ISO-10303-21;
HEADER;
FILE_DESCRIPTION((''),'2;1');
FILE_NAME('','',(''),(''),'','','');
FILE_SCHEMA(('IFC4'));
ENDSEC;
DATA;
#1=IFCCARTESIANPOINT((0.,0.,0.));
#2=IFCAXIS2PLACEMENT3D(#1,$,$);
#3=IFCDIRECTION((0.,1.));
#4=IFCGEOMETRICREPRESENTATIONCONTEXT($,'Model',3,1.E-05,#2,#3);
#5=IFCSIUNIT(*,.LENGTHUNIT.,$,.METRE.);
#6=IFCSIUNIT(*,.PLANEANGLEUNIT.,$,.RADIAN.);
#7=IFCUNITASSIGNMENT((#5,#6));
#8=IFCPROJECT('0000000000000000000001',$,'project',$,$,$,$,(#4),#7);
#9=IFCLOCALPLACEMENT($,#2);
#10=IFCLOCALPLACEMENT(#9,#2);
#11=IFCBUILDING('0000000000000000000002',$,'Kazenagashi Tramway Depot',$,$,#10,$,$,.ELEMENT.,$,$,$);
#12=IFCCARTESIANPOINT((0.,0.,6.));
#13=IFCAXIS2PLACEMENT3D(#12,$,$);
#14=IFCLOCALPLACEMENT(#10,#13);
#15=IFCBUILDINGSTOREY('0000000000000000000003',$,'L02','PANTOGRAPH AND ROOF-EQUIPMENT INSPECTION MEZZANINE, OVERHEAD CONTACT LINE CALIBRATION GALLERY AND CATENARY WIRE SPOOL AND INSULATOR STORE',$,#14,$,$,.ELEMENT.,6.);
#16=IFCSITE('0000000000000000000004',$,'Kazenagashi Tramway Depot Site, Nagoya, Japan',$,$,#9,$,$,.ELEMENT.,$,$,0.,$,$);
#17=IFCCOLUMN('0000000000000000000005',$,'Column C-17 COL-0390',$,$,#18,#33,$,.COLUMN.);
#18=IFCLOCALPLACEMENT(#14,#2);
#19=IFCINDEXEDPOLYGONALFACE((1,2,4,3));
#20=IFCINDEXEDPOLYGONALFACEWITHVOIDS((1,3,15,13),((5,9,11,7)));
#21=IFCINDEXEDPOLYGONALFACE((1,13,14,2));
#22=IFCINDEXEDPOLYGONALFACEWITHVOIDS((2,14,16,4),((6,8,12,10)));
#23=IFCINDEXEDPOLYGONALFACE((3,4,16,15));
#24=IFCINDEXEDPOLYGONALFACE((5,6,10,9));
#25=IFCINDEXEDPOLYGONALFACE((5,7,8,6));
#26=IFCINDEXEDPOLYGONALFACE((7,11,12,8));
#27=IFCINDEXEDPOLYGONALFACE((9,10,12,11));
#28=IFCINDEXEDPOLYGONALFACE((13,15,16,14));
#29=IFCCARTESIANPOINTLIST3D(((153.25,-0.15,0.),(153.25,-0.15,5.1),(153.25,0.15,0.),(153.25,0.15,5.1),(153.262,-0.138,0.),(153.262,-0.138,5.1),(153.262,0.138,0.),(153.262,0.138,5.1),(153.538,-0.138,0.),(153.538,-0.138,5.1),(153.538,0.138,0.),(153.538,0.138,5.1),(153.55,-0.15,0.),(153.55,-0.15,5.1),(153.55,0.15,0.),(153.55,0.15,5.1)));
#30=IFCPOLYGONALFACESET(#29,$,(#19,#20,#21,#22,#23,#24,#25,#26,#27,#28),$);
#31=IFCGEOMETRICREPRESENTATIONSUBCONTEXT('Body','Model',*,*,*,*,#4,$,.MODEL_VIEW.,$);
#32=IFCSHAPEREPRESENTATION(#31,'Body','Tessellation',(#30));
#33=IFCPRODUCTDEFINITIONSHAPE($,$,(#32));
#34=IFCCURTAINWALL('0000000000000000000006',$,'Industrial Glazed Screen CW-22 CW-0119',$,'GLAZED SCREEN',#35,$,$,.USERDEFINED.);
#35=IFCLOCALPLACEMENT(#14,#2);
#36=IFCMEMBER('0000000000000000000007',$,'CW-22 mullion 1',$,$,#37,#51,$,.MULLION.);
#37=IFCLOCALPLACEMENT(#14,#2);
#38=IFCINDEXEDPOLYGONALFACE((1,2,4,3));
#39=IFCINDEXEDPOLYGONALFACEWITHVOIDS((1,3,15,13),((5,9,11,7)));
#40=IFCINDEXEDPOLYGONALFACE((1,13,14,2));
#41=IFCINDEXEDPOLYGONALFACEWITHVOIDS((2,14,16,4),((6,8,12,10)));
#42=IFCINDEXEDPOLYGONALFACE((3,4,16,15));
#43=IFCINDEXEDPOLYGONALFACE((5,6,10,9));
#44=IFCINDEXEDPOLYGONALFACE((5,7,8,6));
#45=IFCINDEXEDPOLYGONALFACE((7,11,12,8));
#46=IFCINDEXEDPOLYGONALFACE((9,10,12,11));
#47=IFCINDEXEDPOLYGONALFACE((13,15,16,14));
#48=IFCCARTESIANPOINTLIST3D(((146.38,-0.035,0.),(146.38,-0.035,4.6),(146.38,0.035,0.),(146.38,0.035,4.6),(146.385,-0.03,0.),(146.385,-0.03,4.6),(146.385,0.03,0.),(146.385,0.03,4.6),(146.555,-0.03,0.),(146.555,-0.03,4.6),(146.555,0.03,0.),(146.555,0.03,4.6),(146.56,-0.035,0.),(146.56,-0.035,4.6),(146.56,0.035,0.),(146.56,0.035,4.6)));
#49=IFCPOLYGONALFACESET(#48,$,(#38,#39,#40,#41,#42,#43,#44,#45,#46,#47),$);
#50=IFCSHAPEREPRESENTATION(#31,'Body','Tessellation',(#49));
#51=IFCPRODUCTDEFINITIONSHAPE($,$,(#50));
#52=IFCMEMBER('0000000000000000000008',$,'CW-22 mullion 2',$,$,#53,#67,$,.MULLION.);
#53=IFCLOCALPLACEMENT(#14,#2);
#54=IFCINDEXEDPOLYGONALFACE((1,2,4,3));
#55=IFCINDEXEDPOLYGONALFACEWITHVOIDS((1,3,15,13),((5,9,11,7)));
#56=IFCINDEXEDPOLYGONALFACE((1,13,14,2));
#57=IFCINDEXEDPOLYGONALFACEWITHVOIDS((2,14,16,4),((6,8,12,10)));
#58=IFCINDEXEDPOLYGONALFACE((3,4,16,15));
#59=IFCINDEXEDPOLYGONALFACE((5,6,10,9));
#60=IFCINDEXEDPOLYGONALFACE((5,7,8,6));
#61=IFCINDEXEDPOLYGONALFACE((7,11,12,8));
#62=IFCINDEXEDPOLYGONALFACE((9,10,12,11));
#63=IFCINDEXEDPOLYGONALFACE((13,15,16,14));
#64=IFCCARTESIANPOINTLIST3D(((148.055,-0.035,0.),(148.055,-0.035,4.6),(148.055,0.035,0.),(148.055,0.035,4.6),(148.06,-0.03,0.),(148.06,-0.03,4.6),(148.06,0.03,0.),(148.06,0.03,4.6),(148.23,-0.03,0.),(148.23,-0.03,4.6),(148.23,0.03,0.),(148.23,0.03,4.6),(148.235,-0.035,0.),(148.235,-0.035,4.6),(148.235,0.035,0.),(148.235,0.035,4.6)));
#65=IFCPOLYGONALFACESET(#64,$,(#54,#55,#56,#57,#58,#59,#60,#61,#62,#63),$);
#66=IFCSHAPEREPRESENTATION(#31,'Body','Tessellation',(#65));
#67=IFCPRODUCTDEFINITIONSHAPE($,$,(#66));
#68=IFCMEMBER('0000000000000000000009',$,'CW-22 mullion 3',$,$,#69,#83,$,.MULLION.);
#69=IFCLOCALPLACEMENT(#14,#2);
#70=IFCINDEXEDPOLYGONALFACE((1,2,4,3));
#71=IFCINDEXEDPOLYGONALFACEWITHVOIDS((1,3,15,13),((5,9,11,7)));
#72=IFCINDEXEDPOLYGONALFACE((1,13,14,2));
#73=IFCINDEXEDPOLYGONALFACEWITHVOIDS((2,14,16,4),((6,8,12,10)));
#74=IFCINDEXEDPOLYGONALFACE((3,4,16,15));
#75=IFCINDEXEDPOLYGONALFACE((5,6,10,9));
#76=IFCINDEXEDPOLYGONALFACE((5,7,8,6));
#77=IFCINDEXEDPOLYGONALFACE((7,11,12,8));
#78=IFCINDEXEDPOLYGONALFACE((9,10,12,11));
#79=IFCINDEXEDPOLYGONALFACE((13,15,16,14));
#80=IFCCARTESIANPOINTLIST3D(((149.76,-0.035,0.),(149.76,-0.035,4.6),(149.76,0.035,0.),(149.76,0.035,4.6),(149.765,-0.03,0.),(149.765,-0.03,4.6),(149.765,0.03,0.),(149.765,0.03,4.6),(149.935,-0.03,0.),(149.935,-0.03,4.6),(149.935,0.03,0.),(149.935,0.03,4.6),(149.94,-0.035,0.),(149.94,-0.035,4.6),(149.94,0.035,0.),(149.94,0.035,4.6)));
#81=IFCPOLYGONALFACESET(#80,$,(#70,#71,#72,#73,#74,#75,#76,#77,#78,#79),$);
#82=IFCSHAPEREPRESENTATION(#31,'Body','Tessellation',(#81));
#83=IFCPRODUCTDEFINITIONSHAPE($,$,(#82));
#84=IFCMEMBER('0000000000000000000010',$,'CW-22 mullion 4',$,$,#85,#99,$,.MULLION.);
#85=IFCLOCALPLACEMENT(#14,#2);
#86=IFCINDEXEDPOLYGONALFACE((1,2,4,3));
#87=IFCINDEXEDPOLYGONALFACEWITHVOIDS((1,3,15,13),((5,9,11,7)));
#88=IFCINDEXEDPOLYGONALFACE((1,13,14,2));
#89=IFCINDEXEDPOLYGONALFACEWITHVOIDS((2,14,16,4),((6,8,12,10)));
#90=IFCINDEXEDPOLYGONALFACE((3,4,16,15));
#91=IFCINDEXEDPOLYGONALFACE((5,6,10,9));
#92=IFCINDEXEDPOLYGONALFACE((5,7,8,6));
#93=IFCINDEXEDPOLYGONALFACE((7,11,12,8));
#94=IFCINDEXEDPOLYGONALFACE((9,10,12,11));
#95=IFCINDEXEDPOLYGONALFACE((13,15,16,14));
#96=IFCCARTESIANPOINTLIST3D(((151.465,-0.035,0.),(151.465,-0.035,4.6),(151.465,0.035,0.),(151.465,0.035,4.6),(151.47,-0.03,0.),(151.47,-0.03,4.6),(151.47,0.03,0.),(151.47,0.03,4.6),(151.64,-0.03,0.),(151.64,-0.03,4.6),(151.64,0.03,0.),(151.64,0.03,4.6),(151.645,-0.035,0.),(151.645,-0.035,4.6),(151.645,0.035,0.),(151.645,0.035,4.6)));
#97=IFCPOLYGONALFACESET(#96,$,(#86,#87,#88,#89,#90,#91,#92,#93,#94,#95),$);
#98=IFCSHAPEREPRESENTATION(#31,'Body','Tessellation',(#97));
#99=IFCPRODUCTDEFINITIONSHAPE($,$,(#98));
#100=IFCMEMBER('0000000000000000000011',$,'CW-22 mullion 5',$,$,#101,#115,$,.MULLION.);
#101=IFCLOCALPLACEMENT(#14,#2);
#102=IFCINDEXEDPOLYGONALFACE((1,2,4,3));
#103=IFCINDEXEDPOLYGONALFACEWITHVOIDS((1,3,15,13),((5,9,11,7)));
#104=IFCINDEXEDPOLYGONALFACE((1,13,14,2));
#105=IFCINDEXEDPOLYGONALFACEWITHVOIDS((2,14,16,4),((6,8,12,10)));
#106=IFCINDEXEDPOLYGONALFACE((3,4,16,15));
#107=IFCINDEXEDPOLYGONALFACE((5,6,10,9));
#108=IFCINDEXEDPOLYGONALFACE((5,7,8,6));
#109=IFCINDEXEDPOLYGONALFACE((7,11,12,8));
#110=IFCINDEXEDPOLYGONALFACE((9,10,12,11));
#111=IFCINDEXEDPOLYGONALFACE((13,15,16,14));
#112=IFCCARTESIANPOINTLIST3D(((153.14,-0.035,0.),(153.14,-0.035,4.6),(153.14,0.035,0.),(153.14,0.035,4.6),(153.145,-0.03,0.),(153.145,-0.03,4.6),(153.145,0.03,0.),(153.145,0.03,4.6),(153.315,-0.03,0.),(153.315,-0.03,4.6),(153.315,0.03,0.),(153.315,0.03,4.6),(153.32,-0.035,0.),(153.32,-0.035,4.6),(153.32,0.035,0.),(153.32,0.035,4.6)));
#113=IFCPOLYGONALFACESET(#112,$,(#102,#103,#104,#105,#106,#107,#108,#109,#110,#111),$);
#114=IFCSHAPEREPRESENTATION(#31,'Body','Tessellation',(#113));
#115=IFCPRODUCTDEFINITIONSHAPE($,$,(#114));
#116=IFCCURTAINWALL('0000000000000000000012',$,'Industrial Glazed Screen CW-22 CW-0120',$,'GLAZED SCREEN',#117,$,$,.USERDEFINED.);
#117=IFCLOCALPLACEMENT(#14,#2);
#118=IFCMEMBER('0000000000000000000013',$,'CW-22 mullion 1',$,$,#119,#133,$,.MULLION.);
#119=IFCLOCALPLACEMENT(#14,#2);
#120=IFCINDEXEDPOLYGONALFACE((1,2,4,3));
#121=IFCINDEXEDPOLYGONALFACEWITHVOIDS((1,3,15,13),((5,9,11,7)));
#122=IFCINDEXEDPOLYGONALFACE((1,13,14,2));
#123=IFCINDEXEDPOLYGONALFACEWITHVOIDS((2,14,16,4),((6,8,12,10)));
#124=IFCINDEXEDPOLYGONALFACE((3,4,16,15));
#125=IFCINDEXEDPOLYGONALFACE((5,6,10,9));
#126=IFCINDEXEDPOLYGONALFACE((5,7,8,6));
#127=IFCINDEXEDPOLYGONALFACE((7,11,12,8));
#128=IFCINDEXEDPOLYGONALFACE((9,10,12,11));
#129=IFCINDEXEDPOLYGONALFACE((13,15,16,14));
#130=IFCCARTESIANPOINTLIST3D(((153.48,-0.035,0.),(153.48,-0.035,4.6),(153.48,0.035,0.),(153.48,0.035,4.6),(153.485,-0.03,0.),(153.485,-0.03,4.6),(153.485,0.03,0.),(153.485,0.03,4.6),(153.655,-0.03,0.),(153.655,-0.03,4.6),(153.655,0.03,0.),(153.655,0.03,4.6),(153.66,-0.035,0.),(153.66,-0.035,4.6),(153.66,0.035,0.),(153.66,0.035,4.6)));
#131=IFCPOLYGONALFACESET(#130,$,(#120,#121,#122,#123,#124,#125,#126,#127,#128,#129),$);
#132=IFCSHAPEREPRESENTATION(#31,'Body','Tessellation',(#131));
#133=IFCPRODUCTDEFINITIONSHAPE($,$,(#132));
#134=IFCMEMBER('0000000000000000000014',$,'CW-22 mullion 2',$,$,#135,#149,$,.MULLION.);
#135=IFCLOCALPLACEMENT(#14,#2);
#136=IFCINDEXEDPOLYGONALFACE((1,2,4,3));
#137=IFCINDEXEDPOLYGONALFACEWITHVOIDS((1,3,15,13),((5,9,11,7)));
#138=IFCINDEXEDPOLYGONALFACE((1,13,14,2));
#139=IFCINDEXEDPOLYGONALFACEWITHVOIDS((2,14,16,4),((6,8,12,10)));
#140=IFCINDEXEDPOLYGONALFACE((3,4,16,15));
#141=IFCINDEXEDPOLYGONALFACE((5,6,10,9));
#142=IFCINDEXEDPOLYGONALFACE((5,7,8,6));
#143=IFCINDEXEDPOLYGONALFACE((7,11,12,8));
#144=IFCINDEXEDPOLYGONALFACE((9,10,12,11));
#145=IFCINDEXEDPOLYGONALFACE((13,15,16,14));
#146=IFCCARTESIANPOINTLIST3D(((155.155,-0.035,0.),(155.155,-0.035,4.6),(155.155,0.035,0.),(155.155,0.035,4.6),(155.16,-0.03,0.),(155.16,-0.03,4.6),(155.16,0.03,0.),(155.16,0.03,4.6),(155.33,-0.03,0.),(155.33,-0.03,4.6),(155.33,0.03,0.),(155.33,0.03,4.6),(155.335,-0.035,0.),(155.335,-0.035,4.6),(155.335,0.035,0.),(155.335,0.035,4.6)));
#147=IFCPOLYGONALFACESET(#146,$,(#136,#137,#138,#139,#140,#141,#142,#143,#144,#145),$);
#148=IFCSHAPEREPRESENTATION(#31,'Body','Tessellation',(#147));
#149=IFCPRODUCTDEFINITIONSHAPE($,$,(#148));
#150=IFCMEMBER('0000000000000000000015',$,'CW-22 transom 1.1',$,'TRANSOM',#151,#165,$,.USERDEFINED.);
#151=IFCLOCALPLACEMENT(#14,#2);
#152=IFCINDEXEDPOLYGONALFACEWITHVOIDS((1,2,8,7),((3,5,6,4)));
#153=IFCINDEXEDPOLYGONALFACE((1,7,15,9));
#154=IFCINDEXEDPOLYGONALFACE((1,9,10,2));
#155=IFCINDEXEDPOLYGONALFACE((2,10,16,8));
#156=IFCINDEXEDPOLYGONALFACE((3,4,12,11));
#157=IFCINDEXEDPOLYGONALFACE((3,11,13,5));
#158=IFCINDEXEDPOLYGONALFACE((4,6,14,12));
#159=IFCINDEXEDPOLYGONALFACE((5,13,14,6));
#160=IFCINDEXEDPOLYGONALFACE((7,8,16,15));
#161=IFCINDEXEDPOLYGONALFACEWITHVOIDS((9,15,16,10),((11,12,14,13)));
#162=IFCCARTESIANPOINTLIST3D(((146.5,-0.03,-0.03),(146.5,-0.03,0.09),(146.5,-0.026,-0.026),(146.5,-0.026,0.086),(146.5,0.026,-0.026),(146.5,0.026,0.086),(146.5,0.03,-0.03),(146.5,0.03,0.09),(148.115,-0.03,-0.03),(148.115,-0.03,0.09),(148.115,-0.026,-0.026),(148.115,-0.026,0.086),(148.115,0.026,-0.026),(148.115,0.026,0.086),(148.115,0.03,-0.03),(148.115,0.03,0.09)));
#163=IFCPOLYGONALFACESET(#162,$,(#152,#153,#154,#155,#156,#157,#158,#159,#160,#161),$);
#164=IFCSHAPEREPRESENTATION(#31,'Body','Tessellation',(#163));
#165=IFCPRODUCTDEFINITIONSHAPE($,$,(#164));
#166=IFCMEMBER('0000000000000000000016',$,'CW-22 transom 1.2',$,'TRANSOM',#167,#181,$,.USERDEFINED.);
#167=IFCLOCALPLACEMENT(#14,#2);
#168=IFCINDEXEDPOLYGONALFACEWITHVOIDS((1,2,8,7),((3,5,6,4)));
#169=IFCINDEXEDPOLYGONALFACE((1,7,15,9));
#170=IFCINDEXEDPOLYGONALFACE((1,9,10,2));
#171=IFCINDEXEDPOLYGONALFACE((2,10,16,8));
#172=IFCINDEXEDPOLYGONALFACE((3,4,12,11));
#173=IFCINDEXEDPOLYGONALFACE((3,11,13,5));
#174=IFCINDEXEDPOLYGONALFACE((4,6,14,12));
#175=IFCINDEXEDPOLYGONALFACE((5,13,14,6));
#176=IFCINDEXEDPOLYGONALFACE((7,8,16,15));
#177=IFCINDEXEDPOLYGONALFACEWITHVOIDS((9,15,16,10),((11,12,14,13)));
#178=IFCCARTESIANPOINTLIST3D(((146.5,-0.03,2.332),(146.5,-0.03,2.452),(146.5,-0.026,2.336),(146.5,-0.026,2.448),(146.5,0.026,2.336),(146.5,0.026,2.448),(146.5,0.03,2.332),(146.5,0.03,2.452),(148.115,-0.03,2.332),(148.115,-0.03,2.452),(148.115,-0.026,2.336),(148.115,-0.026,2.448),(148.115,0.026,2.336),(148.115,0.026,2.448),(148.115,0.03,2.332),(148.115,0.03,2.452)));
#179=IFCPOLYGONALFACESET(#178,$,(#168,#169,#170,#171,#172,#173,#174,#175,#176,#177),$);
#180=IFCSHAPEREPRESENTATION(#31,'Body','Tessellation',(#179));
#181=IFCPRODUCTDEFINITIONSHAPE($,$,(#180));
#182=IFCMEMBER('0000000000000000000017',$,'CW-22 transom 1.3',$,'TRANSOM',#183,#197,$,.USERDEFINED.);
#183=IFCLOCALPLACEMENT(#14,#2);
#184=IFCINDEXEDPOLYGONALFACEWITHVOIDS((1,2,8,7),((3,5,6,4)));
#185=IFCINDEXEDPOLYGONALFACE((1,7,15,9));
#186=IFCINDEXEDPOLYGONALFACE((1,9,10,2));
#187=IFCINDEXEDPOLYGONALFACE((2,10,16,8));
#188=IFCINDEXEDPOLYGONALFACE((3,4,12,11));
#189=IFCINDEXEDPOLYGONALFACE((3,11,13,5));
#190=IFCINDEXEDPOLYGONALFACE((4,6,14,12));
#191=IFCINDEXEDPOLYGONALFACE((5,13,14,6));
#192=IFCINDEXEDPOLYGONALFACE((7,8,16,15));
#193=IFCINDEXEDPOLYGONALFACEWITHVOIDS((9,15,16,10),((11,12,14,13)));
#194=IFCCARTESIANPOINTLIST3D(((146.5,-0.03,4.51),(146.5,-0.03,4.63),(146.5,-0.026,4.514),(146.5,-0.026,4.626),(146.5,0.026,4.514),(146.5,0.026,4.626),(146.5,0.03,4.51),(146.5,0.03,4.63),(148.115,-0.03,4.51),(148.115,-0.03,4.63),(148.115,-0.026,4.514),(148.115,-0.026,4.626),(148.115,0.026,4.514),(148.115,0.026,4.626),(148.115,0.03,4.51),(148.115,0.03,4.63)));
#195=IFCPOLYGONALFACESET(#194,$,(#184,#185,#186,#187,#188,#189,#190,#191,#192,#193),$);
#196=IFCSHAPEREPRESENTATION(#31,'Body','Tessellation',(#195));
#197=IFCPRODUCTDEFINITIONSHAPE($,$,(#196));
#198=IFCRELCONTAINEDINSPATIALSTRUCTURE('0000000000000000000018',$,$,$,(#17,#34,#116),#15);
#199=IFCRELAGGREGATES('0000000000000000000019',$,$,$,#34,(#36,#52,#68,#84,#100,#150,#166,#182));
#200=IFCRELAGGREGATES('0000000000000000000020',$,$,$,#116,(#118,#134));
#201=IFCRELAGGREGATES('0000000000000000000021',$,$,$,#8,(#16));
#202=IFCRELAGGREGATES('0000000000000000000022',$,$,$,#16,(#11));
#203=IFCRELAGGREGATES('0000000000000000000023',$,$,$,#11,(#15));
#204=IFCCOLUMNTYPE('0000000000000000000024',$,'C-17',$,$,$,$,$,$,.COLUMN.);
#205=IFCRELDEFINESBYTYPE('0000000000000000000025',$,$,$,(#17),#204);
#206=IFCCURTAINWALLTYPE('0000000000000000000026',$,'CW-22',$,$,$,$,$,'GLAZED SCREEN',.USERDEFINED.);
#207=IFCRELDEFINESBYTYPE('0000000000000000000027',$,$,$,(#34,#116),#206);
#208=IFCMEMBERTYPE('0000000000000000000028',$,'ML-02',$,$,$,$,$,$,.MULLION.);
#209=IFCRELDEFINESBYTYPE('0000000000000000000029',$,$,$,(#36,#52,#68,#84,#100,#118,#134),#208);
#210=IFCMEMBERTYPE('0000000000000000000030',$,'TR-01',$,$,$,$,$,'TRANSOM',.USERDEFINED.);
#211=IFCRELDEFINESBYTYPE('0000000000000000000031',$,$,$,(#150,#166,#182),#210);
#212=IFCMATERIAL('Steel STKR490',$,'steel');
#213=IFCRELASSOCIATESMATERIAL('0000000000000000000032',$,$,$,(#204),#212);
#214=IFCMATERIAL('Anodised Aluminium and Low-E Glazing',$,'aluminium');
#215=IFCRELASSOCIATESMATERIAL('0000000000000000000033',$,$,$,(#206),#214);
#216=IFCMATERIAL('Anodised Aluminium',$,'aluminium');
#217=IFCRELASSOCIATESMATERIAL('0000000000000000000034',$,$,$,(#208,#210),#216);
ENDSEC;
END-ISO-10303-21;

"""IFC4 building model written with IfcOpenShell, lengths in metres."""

from ifc_helpers import new_model, si_unit, direction, frame, origin, origin_2d, place, context, subcontext, project, spatial, hollow_rectangle, extrude, material, material_profile, profile_set, type_object, element, aggregate, save


model = new_model("IFC4")

# Units and contexts
model_context = context("Model", 3, precision=1e-05, world=origin(), true_north=direction((0.0, 1.0)))
body_context = subcontext(model_context, "Body", "Model", "MODEL_VIEW")
ifc_project = project(units=[si_unit("LENGTHUNIT", "METRE"), si_unit("PLANEANGLEUNIT", "RADIAN")], contexts=[model_context])

# Site, building, storey
site_placement = place(None, origin())
site = spatial("IfcSite", under=ifc_project, at=site_placement, Name="Kazenagashi Tramway Depot Site, Nagoya, Japan", CompositionType="ELEMENT", RefElevation=0.0)
building_placement = place(site_placement, origin())
building = spatial("IfcBuilding", under=site, at=building_placement, Name="Kazenagashi Tramway Depot", CompositionType="ELEMENT")
storey_placement = place(building_placement, frame((0.0, 0.0, 6.0)))
storey = spatial("IfcBuildingStorey", under=building, at=storey_placement, Name="L02", Description="PANTOGRAPH AND ROOF-EQUIPMENT INSPECTION MEZZANINE, OVERHEAD CONTACT LINE CALIBRATION GALLERY AND CATENARY WIRE SPOOL AND INSULATOR STORE", CompositionType="ELEMENT", Elevation=6.0)

# Column
ifc_material_1 = material(Name="Steel STKR490", Category="steel")
ifc_material_profile_1 = material_profile(ifc_material_1, hollow_rectangle(XDim=0.3, YDim=0.3, WallThickness=0.012, at=origin_2d()), Name="SHS-300x300x12")
ifc_profile_set_1 = profile_set([ifc_material_profile_1], Name="Steel STKR490")
column_type = type_object("IfcColumnType", Name="C-17", PredefinedType="COLUMN", material=ifc_profile_set_1)
column_placement = place(storey_placement, frame((153.4, 0.0, 0.0), z_axis=(0.0, 0.0, 1.0), x_axis=(1.0, 0.0, 0.0)))
element("IfcColumn", 1, at=column_placement, inside=storey, type_object=column_type, Name="Column C-17 COL-0390", PredefinedType="COLUMN", context=body_context, shape_type="SweptSolid", body=[
    extrude(hollow_rectangle(XDim=0.3, YDim=0.3, WallThickness=0.012, at=origin_2d()), origin(), (0.0, 0.0, 1.0), 5.1),
])

# Curtain walls, members
ifc_material_2 = material(Name="Anodised Aluminium and Low-E Glazing", Category="aluminium")
curtain_wall_type = type_object("IfcCurtainWallType", Name="CW-22", ElementType="GLAZED SCREEN", PredefinedType="USERDEFINED", material=ifc_material_2)
curtain_wall_1_placement = place(storey_placement, origin())
curtain_wall_1 = element("IfcCurtainWall", 2, at=curtain_wall_1_placement, inside=storey, type_object=curtain_wall_type, Name="Industrial Glazed Screen CW-22 CW-0119", ObjectType="GLAZED SCREEN", PredefinedType="USERDEFINED")
ifc_material_3 = material(Name="Anodised Aluminium", Category="aluminium")
ifc_material_profile_2 = material_profile(ifc_material_3, hollow_rectangle(XDim=0.07, YDim=0.18, WallThickness=0.005, at=origin_2d()), Name="RHS-180x70x5")
ifc_profile_set_2 = profile_set([ifc_material_profile_2], Name="Anodised Aluminium")
member_type_1 = type_object("IfcMemberType", Name="ML-02", PredefinedType="MULLION", material=ifc_profile_set_2)
member_1_placement = place(storey_placement, frame((146.47, 0.0, 0.0), z_axis=(0.0, 0.0, 1.0), x_axis=(0.0, 1.0, 0.0)))
member_1 = element("IfcMember", 3, at=member_1_placement, type_object=member_type_1, Name="CW-22 mullion 1", PredefinedType="MULLION", context=body_context, shape_type="SweptSolid", body=[
    extrude(hollow_rectangle(XDim=0.07, YDim=0.18, WallThickness=0.005, at=origin_2d()), origin(), (0.0, 0.0, 1.0), 4.6),
])
member_2_placement = place(storey_placement, frame((148.145, 0.0, 0.0), z_axis=(0.0, 0.0, 1.0), x_axis=(0.0, 1.0, 0.0)))
member_2 = element("IfcMember", 4, at=member_2_placement, type_object=member_type_1, Name="CW-22 mullion 2", PredefinedType="MULLION", context=body_context, shape_type="SweptSolid", body=[
    extrude(hollow_rectangle(XDim=0.07, YDim=0.18, WallThickness=0.005, at=origin_2d()), origin(), (0.0, 0.0, 1.0), 4.6),
])
member_3_placement = place(storey_placement, frame((149.85, 0.0, 0.0), z_axis=(0.0, 0.0, 1.0), x_axis=(0.0, 1.0, 0.0)))
member_3 = element("IfcMember", 5, at=member_3_placement, type_object=member_type_1, Name="CW-22 mullion 3", PredefinedType="MULLION", context=body_context, shape_type="SweptSolid", body=[
    extrude(hollow_rectangle(XDim=0.07, YDim=0.18, WallThickness=0.005, at=origin_2d()), origin(), (0.0, 0.0, 1.0), 4.6),
])
member_4_placement = place(storey_placement, frame((151.555, 0.0, 0.0), z_axis=(0.0, 0.0, 1.0), x_axis=(0.0, 1.0, 0.0)))
member_4 = element("IfcMember", 6, at=member_4_placement, type_object=member_type_1, Name="CW-22 mullion 4", PredefinedType="MULLION", context=body_context, shape_type="SweptSolid", body=[
    extrude(hollow_rectangle(XDim=0.07, YDim=0.18, WallThickness=0.005, at=origin_2d()), origin(), (0.0, 0.0, 1.0), 4.6),
])
member_5_placement = place(storey_placement, frame((153.23, 0.0, 0.0), z_axis=(0.0, 0.0, 1.0), x_axis=(0.0, 1.0, 0.0)))
member_5 = element("IfcMember", 7, at=member_5_placement, type_object=member_type_1, Name="CW-22 mullion 5", PredefinedType="MULLION", context=body_context, shape_type="SweptSolid", body=[
    extrude(hollow_rectangle(XDim=0.07, YDim=0.18, WallThickness=0.005, at=origin_2d()), origin(), (0.0, 0.0, 1.0), 4.6),
])
curtain_wall_2_placement = place(storey_placement, origin())
curtain_wall_2 = element("IfcCurtainWall", 8, at=curtain_wall_2_placement, inside=storey, type_object=curtain_wall_type, Name="Industrial Glazed Screen CW-22 CW-0120", ObjectType="GLAZED SCREEN", PredefinedType="USERDEFINED")
member_6_placement = place(storey_placement, frame((153.57, 0.0, 0.0), z_axis=(0.0, 0.0, 1.0), x_axis=(0.0, 1.0, 0.0)))
member_6 = element("IfcMember", 9, at=member_6_placement, type_object=member_type_1, Name="CW-22 mullion 1", PredefinedType="MULLION", context=body_context, shape_type="SweptSolid", body=[
    extrude(hollow_rectangle(XDim=0.07, YDim=0.18, WallThickness=0.005, at=origin_2d()), origin(), (0.0, 0.0, 1.0), 4.6),
])
member_7_placement = place(storey_placement, frame((155.245, 0.0, 0.0), z_axis=(0.0, 0.0, 1.0), x_axis=(0.0, 1.0, 0.0)))
member_7 = element("IfcMember", 10, at=member_7_placement, type_object=member_type_1, Name="CW-22 mullion 2", PredefinedType="MULLION", context=body_context, shape_type="SweptSolid", body=[
    extrude(hollow_rectangle(XDim=0.07, YDim=0.18, WallThickness=0.005, at=origin_2d()), origin(), (0.0, 0.0, 1.0), 4.6),
])

# Members
ifc_material_profile_3 = material_profile(ifc_material_3, hollow_rectangle(XDim=0.06, YDim=0.12, WallThickness=0.004, at=origin_2d()), Name="RHS-120x60x4")
ifc_profile_set_3 = profile_set([ifc_material_profile_3], Name="Anodised Aluminium")
member_type_2 = type_object("IfcMemberType", Name="TR-01", ElementType="TRANSOM", PredefinedType="USERDEFINED", material=ifc_profile_set_3)
member_8_placement = place(storey_placement, frame((146.5, 0.0, 0.03), z_axis=(1.0, 0.0, 0.0), x_axis=(0.0, 1.0, 0.0)))
member_8 = element("IfcMember", 11, at=member_8_placement, type_object=member_type_2, Name="CW-22 transom 1.1", ObjectType="TRANSOM", PredefinedType="USERDEFINED", context=body_context, shape_type="SweptSolid", body=[
    extrude(hollow_rectangle(XDim=0.06, YDim=0.12, WallThickness=0.004, at=origin_2d()), origin(), (0.0, 0.0, 1.0), 1.615),
])
member_9_placement = place(storey_placement, frame((146.5, 0.0, 2.392), z_axis=(1.0, 0.0, 0.0), x_axis=(0.0, 1.0, 0.0)))
member_9 = element("IfcMember", 12, at=member_9_placement, type_object=member_type_2, Name="CW-22 transom 1.2", ObjectType="TRANSOM", PredefinedType="USERDEFINED", context=body_context, shape_type="SweptSolid", body=[
    extrude(hollow_rectangle(XDim=0.06, YDim=0.12, WallThickness=0.004, at=origin_2d()), origin(), (0.0, 0.0, 1.0), 1.615),
])
member_10_placement = place(storey_placement, frame((146.5, 0.0, 4.57), z_axis=(1.0, 0.0, 0.0), x_axis=(0.0, 1.0, 0.0)))
member_10 = element("IfcMember", 13, at=member_10_placement, type_object=member_type_2, Name="CW-22 transom 1.3", ObjectType="TRANSOM", PredefinedType="USERDEFINED", context=body_context, shape_type="SweptSolid", body=[
    extrude(hollow_rectangle(XDim=0.06, YDim=0.12, WallThickness=0.004, at=origin_2d()), origin(), (0.0, 0.0, 1.0), 1.615),
])

aggregate(curtain_wall_1, [member_1, member_2, member_3, member_4, member_5, member_8, member_9, member_10])
aggregate(curtain_wall_2, [member_6, member_7])

save(model, "model.ifc")
